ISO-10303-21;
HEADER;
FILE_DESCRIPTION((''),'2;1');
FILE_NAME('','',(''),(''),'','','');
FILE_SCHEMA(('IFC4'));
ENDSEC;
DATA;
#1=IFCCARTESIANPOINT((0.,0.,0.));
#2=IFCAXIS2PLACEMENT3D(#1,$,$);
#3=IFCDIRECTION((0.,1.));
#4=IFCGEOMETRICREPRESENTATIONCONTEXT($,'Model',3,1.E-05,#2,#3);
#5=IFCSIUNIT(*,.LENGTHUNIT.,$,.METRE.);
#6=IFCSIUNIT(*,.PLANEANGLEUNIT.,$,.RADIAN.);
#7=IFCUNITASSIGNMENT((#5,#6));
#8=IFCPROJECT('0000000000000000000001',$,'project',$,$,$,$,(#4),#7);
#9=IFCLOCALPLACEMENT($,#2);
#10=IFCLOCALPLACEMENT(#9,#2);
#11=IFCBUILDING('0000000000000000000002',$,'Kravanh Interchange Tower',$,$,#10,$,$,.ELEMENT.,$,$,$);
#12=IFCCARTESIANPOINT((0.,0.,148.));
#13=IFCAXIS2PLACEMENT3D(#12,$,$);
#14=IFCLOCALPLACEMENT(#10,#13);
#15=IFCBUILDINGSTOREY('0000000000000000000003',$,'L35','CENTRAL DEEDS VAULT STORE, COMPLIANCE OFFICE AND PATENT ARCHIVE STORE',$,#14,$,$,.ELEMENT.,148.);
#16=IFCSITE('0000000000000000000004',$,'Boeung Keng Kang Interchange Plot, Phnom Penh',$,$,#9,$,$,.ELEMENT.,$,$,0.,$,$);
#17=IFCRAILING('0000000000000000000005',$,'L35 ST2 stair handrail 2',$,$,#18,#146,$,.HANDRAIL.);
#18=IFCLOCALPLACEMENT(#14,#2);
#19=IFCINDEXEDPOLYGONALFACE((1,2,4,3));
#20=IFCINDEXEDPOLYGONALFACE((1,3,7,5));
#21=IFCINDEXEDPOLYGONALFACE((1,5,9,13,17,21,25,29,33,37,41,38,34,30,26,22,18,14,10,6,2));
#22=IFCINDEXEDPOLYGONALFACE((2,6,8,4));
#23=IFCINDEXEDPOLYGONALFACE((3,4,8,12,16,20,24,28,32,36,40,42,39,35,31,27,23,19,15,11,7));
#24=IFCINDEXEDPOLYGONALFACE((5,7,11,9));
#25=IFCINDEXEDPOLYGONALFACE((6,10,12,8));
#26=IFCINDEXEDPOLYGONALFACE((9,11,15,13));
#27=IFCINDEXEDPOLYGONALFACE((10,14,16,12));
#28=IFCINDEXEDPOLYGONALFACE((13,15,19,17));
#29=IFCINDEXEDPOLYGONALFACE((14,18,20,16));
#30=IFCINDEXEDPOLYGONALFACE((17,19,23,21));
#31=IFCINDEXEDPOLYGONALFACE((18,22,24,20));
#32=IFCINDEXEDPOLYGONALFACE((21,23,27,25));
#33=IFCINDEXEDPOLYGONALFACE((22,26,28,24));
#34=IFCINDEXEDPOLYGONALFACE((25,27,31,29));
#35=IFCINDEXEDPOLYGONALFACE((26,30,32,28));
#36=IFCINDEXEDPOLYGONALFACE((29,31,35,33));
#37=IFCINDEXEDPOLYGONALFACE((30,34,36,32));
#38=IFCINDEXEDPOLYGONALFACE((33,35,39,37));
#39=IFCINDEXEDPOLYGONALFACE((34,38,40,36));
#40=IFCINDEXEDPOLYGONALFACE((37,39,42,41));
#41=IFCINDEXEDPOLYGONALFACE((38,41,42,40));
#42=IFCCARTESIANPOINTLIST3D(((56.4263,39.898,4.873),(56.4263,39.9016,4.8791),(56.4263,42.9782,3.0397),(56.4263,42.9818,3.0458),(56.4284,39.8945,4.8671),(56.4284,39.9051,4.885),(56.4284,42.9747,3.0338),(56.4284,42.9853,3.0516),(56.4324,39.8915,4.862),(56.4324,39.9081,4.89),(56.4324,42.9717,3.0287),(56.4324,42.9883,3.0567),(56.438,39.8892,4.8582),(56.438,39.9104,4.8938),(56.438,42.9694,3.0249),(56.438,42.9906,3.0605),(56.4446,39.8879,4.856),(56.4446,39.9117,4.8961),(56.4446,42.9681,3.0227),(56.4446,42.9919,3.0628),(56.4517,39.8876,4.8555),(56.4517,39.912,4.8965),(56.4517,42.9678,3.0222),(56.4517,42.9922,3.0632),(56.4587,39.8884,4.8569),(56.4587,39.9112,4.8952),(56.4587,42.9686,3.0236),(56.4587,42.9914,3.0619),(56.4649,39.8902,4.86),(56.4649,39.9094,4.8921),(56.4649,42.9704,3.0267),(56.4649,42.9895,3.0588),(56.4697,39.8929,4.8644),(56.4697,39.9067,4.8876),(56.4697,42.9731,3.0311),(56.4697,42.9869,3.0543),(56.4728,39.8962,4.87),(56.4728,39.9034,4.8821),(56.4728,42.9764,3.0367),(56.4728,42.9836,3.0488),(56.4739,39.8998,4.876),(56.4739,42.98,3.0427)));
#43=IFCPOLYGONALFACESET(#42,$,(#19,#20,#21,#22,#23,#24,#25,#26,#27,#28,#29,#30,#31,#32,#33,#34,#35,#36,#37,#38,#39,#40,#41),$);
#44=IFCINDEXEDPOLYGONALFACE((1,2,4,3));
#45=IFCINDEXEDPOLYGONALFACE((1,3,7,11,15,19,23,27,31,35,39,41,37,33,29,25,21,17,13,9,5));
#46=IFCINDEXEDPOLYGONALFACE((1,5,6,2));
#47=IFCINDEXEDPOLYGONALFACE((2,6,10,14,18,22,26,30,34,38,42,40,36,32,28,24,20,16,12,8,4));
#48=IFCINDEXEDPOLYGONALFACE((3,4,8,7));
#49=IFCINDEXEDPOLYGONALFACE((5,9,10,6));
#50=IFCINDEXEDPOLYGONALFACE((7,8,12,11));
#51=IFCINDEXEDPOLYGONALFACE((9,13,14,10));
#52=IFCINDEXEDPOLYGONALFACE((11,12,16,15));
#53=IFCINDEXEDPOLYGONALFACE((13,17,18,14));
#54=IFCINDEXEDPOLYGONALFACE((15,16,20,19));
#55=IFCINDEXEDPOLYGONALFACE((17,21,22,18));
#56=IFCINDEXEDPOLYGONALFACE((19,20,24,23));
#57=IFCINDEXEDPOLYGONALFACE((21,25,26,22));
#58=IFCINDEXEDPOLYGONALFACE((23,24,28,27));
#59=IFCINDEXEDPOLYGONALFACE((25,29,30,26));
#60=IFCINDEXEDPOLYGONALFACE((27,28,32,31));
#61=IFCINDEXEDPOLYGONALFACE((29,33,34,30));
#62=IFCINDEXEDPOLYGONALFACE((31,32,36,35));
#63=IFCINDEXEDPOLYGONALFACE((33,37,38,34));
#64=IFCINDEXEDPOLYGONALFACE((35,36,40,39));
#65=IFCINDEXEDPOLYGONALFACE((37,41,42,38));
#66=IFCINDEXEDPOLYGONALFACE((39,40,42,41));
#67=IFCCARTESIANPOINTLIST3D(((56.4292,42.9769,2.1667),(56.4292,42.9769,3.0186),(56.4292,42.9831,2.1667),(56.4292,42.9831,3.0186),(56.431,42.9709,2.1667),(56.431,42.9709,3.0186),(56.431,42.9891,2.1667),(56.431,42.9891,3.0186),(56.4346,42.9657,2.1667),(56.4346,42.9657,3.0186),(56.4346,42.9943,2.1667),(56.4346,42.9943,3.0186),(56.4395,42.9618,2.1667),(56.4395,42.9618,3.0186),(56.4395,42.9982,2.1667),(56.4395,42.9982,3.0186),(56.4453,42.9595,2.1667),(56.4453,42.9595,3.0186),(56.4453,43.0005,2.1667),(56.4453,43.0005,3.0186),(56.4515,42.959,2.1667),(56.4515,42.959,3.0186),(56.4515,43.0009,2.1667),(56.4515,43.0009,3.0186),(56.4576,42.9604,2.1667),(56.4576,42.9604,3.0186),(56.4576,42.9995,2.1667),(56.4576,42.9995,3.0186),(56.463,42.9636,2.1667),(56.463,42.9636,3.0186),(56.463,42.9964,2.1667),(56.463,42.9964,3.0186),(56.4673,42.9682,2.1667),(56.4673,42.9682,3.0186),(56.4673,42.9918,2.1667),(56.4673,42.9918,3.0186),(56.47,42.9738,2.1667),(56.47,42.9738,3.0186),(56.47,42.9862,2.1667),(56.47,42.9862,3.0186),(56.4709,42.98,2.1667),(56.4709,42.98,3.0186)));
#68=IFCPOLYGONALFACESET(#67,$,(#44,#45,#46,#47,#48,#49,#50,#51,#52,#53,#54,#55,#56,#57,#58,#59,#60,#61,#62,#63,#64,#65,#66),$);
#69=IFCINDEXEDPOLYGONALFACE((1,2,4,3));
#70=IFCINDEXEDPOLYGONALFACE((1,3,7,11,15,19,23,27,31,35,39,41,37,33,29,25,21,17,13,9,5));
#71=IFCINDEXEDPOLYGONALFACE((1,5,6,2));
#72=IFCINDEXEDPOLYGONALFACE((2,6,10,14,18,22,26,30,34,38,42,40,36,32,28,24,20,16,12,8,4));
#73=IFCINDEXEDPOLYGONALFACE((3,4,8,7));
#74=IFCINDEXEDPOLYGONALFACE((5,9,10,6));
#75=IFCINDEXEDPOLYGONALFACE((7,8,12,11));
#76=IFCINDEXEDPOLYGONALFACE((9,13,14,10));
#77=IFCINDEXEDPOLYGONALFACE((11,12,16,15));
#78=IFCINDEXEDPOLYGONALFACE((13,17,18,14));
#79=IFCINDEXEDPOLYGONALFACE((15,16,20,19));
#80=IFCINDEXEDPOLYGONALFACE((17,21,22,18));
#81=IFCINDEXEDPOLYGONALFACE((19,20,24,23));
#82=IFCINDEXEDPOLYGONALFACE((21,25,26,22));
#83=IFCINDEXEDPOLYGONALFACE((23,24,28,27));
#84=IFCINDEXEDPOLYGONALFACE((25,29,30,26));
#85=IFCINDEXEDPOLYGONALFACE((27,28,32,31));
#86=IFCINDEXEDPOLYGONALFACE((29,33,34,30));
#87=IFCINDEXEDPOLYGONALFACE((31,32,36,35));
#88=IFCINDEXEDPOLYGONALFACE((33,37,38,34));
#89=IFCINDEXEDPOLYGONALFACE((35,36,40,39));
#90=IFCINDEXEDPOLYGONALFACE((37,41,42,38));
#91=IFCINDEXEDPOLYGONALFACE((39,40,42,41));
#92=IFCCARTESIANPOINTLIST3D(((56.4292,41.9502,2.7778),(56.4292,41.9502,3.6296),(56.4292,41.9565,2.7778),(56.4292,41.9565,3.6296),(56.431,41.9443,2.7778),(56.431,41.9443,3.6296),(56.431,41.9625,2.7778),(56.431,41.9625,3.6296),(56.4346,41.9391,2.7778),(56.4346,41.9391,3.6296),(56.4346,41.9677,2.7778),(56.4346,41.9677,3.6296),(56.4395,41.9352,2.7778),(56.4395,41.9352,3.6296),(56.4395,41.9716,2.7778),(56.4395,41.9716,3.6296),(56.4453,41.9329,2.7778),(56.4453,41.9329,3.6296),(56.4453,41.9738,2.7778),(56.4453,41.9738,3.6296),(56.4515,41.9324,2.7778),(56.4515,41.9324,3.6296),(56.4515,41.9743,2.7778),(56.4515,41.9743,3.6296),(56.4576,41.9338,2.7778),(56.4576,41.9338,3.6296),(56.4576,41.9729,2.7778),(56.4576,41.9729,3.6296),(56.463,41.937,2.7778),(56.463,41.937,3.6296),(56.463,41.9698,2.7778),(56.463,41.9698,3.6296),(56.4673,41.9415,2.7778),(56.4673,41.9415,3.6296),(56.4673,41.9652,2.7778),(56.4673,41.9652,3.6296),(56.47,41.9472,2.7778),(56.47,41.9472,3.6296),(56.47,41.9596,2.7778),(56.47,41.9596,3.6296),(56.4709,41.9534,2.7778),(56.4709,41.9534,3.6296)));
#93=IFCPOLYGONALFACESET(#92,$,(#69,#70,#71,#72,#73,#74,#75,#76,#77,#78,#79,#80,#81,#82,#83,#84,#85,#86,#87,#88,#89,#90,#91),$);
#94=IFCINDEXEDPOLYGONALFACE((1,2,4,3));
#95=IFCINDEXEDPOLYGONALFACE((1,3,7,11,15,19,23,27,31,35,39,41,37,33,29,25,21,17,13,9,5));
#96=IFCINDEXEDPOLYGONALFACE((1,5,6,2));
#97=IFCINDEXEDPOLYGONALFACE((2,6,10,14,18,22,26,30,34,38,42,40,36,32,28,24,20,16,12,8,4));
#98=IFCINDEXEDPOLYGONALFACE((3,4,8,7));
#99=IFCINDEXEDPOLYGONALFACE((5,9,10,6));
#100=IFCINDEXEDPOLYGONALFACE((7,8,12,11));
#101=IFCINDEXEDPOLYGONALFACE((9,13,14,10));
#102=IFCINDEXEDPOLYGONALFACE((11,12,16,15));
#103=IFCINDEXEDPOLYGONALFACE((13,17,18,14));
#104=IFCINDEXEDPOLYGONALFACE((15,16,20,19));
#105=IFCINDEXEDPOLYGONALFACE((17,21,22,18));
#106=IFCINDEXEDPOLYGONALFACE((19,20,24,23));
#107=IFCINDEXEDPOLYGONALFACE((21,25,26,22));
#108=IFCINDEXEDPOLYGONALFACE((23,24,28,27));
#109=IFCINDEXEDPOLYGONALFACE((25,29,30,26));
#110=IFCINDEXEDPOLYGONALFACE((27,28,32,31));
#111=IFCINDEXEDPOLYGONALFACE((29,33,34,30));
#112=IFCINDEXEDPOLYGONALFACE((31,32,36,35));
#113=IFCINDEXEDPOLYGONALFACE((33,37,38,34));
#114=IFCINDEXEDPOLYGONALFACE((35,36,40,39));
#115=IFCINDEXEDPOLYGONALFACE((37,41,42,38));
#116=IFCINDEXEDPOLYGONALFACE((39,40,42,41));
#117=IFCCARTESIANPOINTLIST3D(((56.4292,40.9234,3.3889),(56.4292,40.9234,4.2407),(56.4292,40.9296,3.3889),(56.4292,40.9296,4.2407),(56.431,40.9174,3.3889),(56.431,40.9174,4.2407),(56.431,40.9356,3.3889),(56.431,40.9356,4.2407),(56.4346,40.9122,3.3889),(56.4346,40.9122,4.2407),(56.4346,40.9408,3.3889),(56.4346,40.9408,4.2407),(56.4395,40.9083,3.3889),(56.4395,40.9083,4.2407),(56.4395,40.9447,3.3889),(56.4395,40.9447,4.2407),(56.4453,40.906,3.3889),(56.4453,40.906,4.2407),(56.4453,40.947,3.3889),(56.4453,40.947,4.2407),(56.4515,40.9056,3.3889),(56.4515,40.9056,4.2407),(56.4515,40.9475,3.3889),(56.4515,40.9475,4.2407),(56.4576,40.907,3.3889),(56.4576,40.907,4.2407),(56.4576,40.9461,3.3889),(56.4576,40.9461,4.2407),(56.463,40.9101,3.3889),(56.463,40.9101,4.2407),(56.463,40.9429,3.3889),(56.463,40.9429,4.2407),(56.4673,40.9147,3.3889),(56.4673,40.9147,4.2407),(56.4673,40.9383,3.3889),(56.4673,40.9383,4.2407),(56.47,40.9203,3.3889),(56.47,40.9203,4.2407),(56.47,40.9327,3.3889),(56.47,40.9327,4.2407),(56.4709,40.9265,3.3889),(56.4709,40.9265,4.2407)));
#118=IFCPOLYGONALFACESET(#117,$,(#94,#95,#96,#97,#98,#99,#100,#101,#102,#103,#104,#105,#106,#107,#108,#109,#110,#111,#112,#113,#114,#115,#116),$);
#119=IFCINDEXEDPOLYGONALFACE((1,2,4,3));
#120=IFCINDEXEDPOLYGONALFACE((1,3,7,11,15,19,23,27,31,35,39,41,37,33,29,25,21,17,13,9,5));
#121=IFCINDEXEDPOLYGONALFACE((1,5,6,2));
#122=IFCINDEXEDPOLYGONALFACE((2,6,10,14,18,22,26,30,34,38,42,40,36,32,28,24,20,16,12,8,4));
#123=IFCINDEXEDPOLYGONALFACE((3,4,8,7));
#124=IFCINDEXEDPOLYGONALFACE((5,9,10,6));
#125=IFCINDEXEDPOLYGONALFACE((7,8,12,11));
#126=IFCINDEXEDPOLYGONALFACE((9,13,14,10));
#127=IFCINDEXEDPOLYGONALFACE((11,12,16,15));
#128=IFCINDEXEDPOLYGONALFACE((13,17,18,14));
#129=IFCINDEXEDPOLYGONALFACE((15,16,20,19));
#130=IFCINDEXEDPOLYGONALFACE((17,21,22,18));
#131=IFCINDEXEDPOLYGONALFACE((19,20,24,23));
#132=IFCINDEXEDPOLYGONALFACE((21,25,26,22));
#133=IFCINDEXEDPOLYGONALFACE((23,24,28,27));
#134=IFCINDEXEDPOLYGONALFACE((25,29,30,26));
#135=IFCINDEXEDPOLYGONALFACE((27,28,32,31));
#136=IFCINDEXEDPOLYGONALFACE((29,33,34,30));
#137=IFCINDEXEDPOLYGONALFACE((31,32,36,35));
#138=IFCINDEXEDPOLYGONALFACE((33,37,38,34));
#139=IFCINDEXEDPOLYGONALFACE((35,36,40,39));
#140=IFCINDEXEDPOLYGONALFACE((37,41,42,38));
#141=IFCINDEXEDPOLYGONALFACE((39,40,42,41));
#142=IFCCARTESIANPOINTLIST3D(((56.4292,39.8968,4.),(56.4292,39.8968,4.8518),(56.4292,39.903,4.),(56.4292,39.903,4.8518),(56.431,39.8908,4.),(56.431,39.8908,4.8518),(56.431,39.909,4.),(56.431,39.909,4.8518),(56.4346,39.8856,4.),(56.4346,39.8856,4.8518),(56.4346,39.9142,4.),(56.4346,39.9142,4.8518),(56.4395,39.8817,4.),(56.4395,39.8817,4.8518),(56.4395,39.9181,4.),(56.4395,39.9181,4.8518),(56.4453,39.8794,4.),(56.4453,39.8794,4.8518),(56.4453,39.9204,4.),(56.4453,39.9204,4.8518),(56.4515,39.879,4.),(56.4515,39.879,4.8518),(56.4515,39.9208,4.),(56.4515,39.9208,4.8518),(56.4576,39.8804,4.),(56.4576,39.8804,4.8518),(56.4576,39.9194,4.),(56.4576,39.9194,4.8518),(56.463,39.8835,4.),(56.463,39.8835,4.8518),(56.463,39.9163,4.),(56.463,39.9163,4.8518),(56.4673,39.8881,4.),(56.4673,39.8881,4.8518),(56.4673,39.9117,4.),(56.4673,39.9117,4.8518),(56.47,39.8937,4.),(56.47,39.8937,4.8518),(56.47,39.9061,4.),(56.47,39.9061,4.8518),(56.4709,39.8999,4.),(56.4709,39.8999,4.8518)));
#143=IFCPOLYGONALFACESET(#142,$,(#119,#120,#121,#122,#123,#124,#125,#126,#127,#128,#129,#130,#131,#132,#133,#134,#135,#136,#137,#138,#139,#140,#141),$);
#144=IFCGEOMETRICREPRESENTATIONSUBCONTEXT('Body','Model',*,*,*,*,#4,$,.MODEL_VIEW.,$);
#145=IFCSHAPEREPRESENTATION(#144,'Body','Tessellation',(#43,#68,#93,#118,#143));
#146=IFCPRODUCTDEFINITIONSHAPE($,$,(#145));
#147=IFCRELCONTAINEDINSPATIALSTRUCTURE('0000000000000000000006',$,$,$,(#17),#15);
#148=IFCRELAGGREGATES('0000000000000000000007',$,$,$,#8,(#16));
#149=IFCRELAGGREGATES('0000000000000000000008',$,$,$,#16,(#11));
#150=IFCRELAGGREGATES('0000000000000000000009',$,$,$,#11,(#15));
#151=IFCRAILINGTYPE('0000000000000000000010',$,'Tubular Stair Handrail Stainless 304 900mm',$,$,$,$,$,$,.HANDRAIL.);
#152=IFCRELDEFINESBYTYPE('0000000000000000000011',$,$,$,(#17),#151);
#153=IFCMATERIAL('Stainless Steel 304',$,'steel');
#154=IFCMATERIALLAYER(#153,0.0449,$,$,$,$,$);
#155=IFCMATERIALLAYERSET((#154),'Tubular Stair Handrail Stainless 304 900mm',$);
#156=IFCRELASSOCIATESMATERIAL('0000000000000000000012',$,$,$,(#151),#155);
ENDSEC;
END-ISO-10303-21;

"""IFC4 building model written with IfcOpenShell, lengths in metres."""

from ifc_helpers import new_model, si_unit, direction, frame, origin, origin_2d, place, context, subcontext, project, spatial, circle, extrude, material, layer, layer_set, type_object, element, save


model = new_model("IFC4")

# Units and contexts
model_context = context("Model", 3, precision=1e-05, world=origin(), true_north=direction((0.0, 1.0)))
body_context = subcontext(model_context, "Body", "Model", "MODEL_VIEW")
ifc_project = project(units=[si_unit("LENGTHUNIT", "METRE"), si_unit("PLANEANGLEUNIT", "RADIAN")], contexts=[model_context])

# Site, building, storey
site_placement = place(None, origin())
site = spatial("IfcSite", under=ifc_project, at=site_placement, Name="Boeung Keng Kang Interchange Plot, Phnom Penh", CompositionType="ELEMENT", RefElevation=0.0)
building_placement = place(site_placement, origin())
building = spatial("IfcBuilding", under=site, at=building_placement, Name="Kravanh Interchange Tower", CompositionType="ELEMENT")
storey_placement = place(building_placement, frame((0.0, 0.0, 148.0)))
storey = spatial("IfcBuildingStorey", under=building, at=storey_placement, Name="L35", Description="CENTRAL DEEDS VAULT STORE, COMPLIANCE OFFICE AND PATENT ARCHIVE STORE", CompositionType="ELEMENT", Elevation=148.0)

# Railing
ifc_material_1 = material(Name="Stainless Steel 304", Category="steel")
ifc_layer_1 = layer(ifc_material_1, 0.0449)
ifc_layer_set_1 = layer_set([ifc_layer_1], Name="Tubular Stair Handrail Stainless 304 900mm")
railing_type_1 = type_object("IfcRailingType", Name="Tubular Stair Handrail Stainless 304 900mm", PredefinedType="HANDRAIL", material=ifc_layer_set_1)
railing_1_placement = place(storey_placement, frame((56.45, 42.98, 2.1667)))
element("IfcRailing", 1, at=railing_1_placement, inside=storey, type_object=railing_type_1, Name="L35 ST2 stair handrail 2", PredefinedType="HANDRAIL", context=body_context, shape_type="SweptSolid", body=[
    extrude(circle(Radius=0.0239, at=origin_2d()), frame((0.0, 0.0, 0.876), z_axis=(0.0, -0.859309, 0.511458), x_axis=(1.0, 0.0, 0.0)), (0.0, 0.0, 1.0), 3.5845),
    extrude(circle(Radius=0.021, at=origin_2d()), origin(), (0.0, 0.0, 1.0), 0.8518),
    extrude(circle(Radius=0.021, at=origin_2d()), frame((0.0, -1.0266, 0.6111)), (0.0, 0.0, 1.0), 0.8518),
    extrude(circle(Radius=0.021, at=origin_2d()), frame((0.0, -2.0535, 1.2222)), (0.0, 0.0, 1.0), 0.8518),
    extrude(circle(Radius=0.021, at=origin_2d()), frame((0.0, -3.0801, 1.8333)), (0.0, 0.0, 1.0), 0.8518),
])

save(model, "model.ifc")
